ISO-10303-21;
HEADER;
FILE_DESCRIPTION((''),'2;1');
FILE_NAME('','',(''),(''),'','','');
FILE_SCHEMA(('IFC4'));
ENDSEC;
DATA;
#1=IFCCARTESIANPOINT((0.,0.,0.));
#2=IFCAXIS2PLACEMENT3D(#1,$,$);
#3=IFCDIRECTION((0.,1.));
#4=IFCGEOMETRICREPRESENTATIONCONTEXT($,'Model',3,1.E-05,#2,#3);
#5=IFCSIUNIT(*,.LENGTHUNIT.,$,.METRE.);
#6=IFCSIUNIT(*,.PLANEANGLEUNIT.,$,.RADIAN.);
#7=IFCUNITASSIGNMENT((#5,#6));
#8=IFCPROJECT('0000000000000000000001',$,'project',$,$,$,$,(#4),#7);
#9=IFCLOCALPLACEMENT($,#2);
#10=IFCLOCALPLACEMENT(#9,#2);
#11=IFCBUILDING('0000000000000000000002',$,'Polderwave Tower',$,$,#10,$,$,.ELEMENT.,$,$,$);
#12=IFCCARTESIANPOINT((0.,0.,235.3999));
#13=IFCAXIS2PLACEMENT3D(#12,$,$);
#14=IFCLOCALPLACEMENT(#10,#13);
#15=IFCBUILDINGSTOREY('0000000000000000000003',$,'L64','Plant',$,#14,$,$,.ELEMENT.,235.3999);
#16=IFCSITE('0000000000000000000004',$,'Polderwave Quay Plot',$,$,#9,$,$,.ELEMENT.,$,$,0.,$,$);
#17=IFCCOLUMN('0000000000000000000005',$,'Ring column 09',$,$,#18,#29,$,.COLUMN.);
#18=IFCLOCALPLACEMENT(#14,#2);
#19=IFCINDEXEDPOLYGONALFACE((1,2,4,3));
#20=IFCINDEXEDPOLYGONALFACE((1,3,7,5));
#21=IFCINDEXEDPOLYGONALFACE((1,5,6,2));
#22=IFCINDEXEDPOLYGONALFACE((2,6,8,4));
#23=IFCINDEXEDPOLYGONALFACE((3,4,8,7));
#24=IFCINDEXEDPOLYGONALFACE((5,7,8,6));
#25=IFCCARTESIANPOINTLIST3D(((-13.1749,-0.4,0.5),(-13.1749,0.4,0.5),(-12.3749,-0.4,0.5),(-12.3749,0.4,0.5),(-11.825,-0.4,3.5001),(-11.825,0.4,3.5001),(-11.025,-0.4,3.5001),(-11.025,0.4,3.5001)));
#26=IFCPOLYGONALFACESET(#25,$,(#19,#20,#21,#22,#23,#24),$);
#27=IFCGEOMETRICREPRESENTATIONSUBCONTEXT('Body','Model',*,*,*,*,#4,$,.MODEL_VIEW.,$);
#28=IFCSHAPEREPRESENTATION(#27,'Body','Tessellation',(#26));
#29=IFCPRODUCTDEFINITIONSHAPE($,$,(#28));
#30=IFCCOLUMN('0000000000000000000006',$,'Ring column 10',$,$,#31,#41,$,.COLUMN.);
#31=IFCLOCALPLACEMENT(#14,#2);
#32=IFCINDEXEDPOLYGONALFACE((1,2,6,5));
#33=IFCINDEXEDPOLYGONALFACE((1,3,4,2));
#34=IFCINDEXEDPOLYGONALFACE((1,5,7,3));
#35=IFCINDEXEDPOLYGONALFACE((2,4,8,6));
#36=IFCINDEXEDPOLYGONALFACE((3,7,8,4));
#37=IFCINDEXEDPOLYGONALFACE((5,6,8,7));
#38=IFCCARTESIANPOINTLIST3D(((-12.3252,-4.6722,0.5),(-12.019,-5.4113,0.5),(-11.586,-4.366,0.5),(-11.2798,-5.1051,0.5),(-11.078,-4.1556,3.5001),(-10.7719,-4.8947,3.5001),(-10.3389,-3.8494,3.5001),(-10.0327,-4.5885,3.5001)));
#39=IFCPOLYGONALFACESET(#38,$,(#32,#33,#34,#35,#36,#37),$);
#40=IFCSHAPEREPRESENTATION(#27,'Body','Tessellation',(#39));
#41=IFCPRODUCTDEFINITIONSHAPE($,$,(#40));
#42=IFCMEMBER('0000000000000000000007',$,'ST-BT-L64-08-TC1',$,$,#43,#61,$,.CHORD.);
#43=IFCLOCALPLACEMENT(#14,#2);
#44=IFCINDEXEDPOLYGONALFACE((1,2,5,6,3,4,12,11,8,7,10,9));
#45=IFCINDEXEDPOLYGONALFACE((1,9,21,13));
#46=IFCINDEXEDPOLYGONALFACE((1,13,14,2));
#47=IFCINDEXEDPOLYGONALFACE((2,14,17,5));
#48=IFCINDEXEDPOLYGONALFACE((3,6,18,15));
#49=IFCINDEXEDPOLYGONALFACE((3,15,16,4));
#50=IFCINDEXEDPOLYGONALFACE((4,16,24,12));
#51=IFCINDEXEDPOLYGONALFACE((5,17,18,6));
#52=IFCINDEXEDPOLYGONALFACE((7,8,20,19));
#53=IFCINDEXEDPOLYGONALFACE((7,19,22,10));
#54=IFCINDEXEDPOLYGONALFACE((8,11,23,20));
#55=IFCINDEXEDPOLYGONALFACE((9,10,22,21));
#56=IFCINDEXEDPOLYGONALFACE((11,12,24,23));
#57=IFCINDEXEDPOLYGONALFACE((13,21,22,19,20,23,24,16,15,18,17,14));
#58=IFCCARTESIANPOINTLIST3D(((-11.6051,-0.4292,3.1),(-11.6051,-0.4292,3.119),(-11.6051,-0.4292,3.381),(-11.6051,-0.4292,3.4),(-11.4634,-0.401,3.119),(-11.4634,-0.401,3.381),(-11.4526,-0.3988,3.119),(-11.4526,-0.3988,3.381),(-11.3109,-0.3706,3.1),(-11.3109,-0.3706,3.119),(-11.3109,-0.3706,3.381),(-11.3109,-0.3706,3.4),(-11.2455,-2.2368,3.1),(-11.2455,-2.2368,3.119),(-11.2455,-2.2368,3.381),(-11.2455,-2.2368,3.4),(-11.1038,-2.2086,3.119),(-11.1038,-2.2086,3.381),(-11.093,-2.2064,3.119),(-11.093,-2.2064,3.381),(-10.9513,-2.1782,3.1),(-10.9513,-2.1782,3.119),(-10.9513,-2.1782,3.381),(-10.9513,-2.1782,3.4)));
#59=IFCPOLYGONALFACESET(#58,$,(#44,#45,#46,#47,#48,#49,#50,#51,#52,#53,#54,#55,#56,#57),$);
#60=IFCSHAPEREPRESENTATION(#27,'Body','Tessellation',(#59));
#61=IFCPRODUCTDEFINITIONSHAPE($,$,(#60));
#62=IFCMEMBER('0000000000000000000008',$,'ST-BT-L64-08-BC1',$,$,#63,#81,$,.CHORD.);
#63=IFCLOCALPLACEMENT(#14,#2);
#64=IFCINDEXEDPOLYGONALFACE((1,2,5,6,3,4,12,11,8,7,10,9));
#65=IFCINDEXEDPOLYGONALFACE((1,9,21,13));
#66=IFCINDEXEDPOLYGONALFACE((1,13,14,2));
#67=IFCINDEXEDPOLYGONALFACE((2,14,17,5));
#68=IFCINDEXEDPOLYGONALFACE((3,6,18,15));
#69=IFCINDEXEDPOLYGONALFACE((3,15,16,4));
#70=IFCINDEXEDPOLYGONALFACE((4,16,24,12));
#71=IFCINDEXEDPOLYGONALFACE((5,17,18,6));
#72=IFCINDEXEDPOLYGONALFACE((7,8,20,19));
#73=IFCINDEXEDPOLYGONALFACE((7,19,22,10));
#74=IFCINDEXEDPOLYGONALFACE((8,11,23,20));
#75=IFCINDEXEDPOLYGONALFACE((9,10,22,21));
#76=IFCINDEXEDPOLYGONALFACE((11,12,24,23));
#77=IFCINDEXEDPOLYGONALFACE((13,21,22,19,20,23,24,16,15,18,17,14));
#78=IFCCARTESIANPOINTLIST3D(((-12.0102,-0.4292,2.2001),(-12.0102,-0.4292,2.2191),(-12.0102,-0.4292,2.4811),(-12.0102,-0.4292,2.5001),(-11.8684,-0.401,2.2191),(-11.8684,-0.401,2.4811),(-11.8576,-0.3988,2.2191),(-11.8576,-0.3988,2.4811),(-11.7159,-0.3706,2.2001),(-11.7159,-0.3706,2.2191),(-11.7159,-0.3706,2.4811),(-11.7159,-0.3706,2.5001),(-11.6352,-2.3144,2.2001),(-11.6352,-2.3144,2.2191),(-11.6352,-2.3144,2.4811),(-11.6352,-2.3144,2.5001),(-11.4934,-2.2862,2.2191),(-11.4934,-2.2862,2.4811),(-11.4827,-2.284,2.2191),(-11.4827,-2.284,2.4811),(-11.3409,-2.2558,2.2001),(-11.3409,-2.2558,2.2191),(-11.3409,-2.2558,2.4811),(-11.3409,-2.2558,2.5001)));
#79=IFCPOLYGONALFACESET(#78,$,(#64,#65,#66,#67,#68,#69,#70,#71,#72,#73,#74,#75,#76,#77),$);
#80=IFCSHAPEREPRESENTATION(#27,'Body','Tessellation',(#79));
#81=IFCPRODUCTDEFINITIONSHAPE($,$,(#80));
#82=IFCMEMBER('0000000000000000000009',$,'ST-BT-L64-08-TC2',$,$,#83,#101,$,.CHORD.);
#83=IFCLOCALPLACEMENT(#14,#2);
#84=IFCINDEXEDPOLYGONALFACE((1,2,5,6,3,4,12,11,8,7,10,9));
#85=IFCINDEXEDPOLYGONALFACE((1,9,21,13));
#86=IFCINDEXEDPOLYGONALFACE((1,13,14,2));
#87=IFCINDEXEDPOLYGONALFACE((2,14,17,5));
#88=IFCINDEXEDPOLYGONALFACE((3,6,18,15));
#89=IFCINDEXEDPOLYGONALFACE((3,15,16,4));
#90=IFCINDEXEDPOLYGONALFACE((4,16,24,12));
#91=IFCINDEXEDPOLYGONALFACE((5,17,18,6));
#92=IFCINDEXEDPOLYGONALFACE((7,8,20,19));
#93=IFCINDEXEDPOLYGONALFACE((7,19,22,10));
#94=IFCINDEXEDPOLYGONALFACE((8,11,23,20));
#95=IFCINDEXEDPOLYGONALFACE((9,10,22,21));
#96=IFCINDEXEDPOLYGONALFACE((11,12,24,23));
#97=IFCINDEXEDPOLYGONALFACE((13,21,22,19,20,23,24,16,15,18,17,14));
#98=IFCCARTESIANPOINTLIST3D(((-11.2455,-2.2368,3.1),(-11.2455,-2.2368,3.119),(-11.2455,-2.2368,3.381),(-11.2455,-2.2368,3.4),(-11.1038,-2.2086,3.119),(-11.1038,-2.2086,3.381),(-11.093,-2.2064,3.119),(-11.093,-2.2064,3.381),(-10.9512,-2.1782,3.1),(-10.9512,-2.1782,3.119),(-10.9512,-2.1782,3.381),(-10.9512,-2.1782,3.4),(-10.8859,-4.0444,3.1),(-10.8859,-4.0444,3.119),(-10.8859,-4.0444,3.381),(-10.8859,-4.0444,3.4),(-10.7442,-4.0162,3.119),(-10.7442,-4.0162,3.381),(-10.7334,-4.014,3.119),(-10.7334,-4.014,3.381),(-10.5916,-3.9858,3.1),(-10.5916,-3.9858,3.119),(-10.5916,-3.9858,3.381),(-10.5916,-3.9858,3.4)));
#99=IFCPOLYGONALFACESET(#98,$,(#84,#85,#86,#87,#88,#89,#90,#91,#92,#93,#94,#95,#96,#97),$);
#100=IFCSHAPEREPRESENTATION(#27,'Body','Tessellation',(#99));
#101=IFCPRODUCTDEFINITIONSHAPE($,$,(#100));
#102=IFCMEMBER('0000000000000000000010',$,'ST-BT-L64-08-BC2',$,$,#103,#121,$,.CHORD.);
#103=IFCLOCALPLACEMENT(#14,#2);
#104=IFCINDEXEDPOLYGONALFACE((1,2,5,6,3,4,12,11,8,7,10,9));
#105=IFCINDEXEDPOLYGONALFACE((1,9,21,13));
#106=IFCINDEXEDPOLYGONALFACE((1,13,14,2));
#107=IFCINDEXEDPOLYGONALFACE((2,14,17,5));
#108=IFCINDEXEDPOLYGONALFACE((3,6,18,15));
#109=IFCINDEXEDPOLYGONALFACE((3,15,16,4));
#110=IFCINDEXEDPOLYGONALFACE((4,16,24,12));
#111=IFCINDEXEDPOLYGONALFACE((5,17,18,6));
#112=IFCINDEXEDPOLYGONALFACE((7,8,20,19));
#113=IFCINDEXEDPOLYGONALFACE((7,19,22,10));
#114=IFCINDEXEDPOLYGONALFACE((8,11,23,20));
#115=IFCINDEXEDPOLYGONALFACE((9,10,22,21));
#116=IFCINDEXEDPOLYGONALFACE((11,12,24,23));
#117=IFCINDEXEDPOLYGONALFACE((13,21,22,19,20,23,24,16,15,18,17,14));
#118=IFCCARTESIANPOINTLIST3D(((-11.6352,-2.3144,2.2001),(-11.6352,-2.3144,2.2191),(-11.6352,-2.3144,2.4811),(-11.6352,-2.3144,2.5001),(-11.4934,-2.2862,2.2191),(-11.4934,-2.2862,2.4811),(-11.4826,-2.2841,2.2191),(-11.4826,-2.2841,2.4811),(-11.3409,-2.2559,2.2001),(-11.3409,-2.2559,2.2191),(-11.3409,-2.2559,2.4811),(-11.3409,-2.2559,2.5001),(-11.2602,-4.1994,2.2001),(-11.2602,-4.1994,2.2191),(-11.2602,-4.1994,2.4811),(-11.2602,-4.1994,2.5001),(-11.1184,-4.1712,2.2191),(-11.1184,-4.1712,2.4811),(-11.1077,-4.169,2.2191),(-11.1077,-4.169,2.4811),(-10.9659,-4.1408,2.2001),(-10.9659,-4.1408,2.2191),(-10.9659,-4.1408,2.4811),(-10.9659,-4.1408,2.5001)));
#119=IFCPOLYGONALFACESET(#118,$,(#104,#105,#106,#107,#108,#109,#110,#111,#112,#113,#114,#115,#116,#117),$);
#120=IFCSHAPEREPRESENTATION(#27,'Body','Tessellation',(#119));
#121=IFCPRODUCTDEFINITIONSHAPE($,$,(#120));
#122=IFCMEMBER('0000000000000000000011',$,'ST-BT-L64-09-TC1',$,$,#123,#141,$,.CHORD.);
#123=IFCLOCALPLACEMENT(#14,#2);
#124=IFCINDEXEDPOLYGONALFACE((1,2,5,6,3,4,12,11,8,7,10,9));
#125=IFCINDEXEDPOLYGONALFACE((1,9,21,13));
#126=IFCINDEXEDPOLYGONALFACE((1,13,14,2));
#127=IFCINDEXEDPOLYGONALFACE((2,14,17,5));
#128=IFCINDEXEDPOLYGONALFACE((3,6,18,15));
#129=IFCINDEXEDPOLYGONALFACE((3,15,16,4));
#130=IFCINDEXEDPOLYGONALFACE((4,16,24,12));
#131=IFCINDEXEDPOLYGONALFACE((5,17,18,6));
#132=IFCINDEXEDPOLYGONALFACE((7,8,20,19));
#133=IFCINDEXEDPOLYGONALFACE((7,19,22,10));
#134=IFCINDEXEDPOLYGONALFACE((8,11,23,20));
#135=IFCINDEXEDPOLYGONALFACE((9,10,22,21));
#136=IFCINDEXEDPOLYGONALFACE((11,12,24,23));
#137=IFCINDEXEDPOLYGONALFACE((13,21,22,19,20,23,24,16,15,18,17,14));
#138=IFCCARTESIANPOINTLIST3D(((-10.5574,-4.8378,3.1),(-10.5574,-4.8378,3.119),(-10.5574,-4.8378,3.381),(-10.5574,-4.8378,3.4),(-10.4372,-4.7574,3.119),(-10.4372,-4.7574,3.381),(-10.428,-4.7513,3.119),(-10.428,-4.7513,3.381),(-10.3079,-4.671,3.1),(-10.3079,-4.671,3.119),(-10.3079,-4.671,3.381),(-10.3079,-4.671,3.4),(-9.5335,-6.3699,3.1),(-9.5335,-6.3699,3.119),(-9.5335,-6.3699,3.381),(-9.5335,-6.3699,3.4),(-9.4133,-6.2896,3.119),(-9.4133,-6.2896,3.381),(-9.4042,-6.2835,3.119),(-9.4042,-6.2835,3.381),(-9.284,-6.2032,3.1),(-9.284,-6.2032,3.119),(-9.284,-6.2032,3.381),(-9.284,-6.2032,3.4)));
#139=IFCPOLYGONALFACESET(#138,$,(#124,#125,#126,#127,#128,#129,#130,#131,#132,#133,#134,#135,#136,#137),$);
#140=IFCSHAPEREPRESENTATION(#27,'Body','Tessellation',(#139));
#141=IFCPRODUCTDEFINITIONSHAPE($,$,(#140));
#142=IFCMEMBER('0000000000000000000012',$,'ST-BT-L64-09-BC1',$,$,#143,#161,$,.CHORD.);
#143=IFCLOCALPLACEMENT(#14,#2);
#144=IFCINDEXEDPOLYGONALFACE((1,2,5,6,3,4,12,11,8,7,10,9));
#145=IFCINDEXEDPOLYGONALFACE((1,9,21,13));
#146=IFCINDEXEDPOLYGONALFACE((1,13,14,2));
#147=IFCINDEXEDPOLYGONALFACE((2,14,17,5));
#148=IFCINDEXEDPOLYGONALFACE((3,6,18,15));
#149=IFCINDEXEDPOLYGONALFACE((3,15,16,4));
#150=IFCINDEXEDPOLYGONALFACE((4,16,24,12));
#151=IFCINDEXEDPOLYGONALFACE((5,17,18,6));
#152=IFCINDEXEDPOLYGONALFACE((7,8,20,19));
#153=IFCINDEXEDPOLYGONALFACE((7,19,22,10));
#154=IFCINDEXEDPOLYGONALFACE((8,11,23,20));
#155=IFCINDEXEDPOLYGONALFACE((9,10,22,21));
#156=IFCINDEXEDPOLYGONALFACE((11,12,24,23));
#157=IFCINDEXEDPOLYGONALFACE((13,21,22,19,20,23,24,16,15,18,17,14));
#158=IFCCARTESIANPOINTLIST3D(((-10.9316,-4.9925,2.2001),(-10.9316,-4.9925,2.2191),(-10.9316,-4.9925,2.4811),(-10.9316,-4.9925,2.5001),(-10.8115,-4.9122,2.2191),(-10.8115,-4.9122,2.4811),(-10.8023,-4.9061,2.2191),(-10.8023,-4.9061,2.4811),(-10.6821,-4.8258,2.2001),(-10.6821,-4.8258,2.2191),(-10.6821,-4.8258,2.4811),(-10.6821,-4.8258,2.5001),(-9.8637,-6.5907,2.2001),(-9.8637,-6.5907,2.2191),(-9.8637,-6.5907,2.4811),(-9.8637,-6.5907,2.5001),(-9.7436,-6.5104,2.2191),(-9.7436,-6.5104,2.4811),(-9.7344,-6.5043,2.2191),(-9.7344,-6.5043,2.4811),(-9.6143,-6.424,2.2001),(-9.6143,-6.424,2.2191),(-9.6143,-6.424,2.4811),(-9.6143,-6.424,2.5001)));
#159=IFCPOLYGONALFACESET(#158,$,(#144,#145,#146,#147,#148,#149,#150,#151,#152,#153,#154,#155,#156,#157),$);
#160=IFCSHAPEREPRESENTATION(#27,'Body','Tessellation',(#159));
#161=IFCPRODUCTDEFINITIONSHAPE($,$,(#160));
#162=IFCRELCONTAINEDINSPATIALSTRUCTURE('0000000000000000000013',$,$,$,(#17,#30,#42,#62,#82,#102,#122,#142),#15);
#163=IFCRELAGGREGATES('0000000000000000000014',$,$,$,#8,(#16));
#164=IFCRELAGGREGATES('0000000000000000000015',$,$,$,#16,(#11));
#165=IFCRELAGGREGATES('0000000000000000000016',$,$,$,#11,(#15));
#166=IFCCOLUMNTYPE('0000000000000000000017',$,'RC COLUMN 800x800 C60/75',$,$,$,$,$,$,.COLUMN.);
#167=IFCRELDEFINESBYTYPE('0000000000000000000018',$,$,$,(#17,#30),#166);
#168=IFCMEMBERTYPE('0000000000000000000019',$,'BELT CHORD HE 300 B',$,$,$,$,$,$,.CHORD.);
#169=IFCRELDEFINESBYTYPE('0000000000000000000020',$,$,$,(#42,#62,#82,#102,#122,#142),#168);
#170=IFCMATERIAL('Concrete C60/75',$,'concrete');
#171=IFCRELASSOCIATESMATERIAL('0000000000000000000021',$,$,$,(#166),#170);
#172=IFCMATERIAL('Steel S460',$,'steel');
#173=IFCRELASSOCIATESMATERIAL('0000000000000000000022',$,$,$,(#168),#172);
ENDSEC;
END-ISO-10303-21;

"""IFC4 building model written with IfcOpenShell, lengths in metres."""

from ifc_helpers import new_model, si_unit, direction, frame, origin, origin_2d, place, context, subcontext, project, spatial, rectangle, i_section, extrude, material, material_profile, profile_set, type_object, element, save


model = new_model("IFC4")

# Units and contexts
model_context = context("Model", 3, precision=1e-05, world=origin(), true_north=direction((0.0, 1.0)))
body_context = subcontext(model_context, "Body", "Model", "MODEL_VIEW")
ifc_project = project(units=[si_unit("LENGTHUNIT", "METRE"), si_unit("PLANEANGLEUNIT", "RADIAN")], contexts=[model_context])

# Site, building, storey
site_placement = place(None, origin())
site = spatial("IfcSite", under=ifc_project, at=site_placement, Name="Polderwave Quay Plot", CompositionType="ELEMENT", RefElevation=0.0)
building_placement = place(site_placement, origin())
building = spatial("IfcBuilding", under=site, at=building_placement, Name="Polderwave Tower", CompositionType="ELEMENT")
storey_placement = place(building_placement, frame((0.0, 0.0, 235.3999)))
storey = spatial("IfcBuildingStorey", under=building, at=storey_placement, Name="L64", Description="Plant", CompositionType="ELEMENT", Elevation=235.3999)

# Columns
ifc_material_1 = material(Name="Concrete C60/75", Category="concrete")
ifc_material_profile_1 = material_profile(ifc_material_1, rectangle(XDim=0.8, YDim=0.8, at=origin_2d()), Name="RC 800x800")
ifc_profile_set_1 = profile_set([ifc_material_profile_1], Name="Concrete C60/75")
column_type = type_object("IfcColumnType", Name="RC COLUMN 800x800 C60/75", PredefinedType="COLUMN", material=ifc_profile_set_1)
column_1_placement = place(storey_placement, frame((-12.7749, 0.0, 0.5), z_axis=(0.0, 0.0, 1.0), x_axis=(0.0, 1.0, 0.0)))
element("IfcColumn", 1, at=column_1_placement, inside=storey, type_object=column_type, Name="Ring column 09", PredefinedType="COLUMN", context=body_context, shape_type="SweptSolid", body=[
    extrude(rectangle(XDim=0.8, YDim=0.8, at=origin_2d()), origin(), (0.0, -0.410328, 0.911938), 3.2898),
])
column_2_placement = place(storey_placement, frame((-11.8025, -4.8887, 0.5), z_axis=(0.0, 0.0, 1.0), x_axis=(-0.382714, 0.923867, 0.0)))
element("IfcColumn", 2, at=column_2_placement, inside=storey, type_object=column_type, Name="Ring column 10", PredefinedType="COLUMN", context=body_context, shape_type="SweptSolid", body=[
    extrude(rectangle(XDim=0.8, YDim=0.8, at=origin_2d()), origin(), (0.0, -0.410324, 0.91194), 3.2898),
])

# Members
ifc_material_2 = material(Name="Steel S460", Category="steel")
ifc_material_profile_2 = material_profile(ifc_material_2, i_section(OverallWidth=0.3, OverallDepth=0.3, WebThickness=0.011, FlangeThickness=0.019, at=origin_2d()), Name="HE 300 B")
ifc_profile_set_2 = profile_set([ifc_material_profile_2], Name="Steel S460")
member_type_1 = type_object("IfcMemberType", Name="BELT CHORD HE 300 B", PredefinedType="CHORD", material=ifc_profile_set_2)
member_1_placement = place(storey_placement, frame((-11.458, -0.3999, 3.25), z_axis=(0.195123, -0.980779, 0.0), x_axis=(0.980779, 0.195123, 0.0)))
element("IfcMember", 3, at=member_1_placement, inside=storey, type_object=member_type_1, Name="ST-BT-L64-08-TC1", PredefinedType="CHORD", context=body_context, shape_type="SweptSolid", body=[
    extrude(i_section(OverallWidth=0.3, OverallDepth=0.3, WebThickness=0.011, FlangeThickness=0.019, at=origin_2d()), origin(), (0.0, 0.0, 1.0), 1.843),
])
member_2_placement = place(storey_placement, frame((-11.863, -0.3999, 2.3501), z_axis=(0.19509, -0.980785, 0.0), x_axis=(0.980785, 0.19509, 0.0)))
element("IfcMember", 4, at=member_2_placement, inside=storey, type_object=member_type_1, Name="ST-BT-L64-08-BC1", PredefinedType="CHORD", context=body_context, shape_type="SweptSolid", body=[
    extrude(i_section(OverallWidth=0.3, OverallDepth=0.3, WebThickness=0.011, FlangeThickness=0.019, at=origin_2d()), origin(), (0.0, 0.0, 1.0), 1.9221),
])
member_3_placement = place(storey_placement, frame((-11.0984, -2.2075, 3.25), z_axis=(0.195123, -0.980779, 0.0), x_axis=(0.980779, 0.195123, 0.0)))
element("IfcMember", 5, at=member_3_placement, inside=storey, type_object=member_type_1, Name="ST-BT-L64-08-TC2", PredefinedType="CHORD", context=body_context, shape_type="SweptSolid", body=[
    extrude(i_section(OverallWidth=0.3, OverallDepth=0.3, WebThickness=0.011, FlangeThickness=0.019, at=origin_2d()), origin(), (0.0, 0.0, 1.0), 1.843),
])
member_4_placement = place(storey_placement, frame((-11.488, -2.2852, 2.3501), z_axis=(0.195114, -0.98078, 0.0), x_axis=(0.98078, 0.195114, 0.0)))
element("IfcMember", 6, at=member_4_placement, inside=storey, type_object=member_type_1, Name="ST-BT-L64-08-BC2", PredefinedType="CHORD", context=body_context, shape_type="SweptSolid", body=[
    extrude(i_section(OverallWidth=0.3, OverallDepth=0.3, WebThickness=0.011, FlangeThickness=0.019, at=origin_2d()), origin(), (0.0, 0.0, 1.0), 1.9219),
])
member_5_placement = place(storey_placement, frame((-10.4326, -4.7544, 3.25), z_axis=(0.555617, -0.831438, 0.0), x_axis=(0.831438, 0.555617, 0.0)))
element("IfcMember", 7, at=member_5_placement, inside=storey, type_object=member_type_1, Name="ST-BT-L64-09-TC1", PredefinedType="CHORD", context=body_context, shape_type="SweptSolid", body=[
    extrude(i_section(OverallWidth=0.3, OverallDepth=0.3, WebThickness=0.011, FlangeThickness=0.019, at=origin_2d()), origin(), (0.0, 0.0, 1.0), 1.8428),
])
member_6_placement = place(storey_placement, frame((-10.8069, -4.9092, 2.3501), z_axis=(0.555579, -0.831464, 0.0), x_axis=(0.831464, 0.555579, 0.0)))
element("IfcMember", 8, at=member_6_placement, inside=storey, type_object=member_type_1, Name="ST-BT-L64-09-BC1", PredefinedType="CHORD", context=body_context, shape_type="SweptSolid", body=[
    extrude(i_section(OverallWidth=0.3, OverallDepth=0.3, WebThickness=0.011, FlangeThickness=0.019, at=origin_2d()), origin(), (0.0, 0.0, 1.0), 1.9221),
])

save(model, "model.ifc")
